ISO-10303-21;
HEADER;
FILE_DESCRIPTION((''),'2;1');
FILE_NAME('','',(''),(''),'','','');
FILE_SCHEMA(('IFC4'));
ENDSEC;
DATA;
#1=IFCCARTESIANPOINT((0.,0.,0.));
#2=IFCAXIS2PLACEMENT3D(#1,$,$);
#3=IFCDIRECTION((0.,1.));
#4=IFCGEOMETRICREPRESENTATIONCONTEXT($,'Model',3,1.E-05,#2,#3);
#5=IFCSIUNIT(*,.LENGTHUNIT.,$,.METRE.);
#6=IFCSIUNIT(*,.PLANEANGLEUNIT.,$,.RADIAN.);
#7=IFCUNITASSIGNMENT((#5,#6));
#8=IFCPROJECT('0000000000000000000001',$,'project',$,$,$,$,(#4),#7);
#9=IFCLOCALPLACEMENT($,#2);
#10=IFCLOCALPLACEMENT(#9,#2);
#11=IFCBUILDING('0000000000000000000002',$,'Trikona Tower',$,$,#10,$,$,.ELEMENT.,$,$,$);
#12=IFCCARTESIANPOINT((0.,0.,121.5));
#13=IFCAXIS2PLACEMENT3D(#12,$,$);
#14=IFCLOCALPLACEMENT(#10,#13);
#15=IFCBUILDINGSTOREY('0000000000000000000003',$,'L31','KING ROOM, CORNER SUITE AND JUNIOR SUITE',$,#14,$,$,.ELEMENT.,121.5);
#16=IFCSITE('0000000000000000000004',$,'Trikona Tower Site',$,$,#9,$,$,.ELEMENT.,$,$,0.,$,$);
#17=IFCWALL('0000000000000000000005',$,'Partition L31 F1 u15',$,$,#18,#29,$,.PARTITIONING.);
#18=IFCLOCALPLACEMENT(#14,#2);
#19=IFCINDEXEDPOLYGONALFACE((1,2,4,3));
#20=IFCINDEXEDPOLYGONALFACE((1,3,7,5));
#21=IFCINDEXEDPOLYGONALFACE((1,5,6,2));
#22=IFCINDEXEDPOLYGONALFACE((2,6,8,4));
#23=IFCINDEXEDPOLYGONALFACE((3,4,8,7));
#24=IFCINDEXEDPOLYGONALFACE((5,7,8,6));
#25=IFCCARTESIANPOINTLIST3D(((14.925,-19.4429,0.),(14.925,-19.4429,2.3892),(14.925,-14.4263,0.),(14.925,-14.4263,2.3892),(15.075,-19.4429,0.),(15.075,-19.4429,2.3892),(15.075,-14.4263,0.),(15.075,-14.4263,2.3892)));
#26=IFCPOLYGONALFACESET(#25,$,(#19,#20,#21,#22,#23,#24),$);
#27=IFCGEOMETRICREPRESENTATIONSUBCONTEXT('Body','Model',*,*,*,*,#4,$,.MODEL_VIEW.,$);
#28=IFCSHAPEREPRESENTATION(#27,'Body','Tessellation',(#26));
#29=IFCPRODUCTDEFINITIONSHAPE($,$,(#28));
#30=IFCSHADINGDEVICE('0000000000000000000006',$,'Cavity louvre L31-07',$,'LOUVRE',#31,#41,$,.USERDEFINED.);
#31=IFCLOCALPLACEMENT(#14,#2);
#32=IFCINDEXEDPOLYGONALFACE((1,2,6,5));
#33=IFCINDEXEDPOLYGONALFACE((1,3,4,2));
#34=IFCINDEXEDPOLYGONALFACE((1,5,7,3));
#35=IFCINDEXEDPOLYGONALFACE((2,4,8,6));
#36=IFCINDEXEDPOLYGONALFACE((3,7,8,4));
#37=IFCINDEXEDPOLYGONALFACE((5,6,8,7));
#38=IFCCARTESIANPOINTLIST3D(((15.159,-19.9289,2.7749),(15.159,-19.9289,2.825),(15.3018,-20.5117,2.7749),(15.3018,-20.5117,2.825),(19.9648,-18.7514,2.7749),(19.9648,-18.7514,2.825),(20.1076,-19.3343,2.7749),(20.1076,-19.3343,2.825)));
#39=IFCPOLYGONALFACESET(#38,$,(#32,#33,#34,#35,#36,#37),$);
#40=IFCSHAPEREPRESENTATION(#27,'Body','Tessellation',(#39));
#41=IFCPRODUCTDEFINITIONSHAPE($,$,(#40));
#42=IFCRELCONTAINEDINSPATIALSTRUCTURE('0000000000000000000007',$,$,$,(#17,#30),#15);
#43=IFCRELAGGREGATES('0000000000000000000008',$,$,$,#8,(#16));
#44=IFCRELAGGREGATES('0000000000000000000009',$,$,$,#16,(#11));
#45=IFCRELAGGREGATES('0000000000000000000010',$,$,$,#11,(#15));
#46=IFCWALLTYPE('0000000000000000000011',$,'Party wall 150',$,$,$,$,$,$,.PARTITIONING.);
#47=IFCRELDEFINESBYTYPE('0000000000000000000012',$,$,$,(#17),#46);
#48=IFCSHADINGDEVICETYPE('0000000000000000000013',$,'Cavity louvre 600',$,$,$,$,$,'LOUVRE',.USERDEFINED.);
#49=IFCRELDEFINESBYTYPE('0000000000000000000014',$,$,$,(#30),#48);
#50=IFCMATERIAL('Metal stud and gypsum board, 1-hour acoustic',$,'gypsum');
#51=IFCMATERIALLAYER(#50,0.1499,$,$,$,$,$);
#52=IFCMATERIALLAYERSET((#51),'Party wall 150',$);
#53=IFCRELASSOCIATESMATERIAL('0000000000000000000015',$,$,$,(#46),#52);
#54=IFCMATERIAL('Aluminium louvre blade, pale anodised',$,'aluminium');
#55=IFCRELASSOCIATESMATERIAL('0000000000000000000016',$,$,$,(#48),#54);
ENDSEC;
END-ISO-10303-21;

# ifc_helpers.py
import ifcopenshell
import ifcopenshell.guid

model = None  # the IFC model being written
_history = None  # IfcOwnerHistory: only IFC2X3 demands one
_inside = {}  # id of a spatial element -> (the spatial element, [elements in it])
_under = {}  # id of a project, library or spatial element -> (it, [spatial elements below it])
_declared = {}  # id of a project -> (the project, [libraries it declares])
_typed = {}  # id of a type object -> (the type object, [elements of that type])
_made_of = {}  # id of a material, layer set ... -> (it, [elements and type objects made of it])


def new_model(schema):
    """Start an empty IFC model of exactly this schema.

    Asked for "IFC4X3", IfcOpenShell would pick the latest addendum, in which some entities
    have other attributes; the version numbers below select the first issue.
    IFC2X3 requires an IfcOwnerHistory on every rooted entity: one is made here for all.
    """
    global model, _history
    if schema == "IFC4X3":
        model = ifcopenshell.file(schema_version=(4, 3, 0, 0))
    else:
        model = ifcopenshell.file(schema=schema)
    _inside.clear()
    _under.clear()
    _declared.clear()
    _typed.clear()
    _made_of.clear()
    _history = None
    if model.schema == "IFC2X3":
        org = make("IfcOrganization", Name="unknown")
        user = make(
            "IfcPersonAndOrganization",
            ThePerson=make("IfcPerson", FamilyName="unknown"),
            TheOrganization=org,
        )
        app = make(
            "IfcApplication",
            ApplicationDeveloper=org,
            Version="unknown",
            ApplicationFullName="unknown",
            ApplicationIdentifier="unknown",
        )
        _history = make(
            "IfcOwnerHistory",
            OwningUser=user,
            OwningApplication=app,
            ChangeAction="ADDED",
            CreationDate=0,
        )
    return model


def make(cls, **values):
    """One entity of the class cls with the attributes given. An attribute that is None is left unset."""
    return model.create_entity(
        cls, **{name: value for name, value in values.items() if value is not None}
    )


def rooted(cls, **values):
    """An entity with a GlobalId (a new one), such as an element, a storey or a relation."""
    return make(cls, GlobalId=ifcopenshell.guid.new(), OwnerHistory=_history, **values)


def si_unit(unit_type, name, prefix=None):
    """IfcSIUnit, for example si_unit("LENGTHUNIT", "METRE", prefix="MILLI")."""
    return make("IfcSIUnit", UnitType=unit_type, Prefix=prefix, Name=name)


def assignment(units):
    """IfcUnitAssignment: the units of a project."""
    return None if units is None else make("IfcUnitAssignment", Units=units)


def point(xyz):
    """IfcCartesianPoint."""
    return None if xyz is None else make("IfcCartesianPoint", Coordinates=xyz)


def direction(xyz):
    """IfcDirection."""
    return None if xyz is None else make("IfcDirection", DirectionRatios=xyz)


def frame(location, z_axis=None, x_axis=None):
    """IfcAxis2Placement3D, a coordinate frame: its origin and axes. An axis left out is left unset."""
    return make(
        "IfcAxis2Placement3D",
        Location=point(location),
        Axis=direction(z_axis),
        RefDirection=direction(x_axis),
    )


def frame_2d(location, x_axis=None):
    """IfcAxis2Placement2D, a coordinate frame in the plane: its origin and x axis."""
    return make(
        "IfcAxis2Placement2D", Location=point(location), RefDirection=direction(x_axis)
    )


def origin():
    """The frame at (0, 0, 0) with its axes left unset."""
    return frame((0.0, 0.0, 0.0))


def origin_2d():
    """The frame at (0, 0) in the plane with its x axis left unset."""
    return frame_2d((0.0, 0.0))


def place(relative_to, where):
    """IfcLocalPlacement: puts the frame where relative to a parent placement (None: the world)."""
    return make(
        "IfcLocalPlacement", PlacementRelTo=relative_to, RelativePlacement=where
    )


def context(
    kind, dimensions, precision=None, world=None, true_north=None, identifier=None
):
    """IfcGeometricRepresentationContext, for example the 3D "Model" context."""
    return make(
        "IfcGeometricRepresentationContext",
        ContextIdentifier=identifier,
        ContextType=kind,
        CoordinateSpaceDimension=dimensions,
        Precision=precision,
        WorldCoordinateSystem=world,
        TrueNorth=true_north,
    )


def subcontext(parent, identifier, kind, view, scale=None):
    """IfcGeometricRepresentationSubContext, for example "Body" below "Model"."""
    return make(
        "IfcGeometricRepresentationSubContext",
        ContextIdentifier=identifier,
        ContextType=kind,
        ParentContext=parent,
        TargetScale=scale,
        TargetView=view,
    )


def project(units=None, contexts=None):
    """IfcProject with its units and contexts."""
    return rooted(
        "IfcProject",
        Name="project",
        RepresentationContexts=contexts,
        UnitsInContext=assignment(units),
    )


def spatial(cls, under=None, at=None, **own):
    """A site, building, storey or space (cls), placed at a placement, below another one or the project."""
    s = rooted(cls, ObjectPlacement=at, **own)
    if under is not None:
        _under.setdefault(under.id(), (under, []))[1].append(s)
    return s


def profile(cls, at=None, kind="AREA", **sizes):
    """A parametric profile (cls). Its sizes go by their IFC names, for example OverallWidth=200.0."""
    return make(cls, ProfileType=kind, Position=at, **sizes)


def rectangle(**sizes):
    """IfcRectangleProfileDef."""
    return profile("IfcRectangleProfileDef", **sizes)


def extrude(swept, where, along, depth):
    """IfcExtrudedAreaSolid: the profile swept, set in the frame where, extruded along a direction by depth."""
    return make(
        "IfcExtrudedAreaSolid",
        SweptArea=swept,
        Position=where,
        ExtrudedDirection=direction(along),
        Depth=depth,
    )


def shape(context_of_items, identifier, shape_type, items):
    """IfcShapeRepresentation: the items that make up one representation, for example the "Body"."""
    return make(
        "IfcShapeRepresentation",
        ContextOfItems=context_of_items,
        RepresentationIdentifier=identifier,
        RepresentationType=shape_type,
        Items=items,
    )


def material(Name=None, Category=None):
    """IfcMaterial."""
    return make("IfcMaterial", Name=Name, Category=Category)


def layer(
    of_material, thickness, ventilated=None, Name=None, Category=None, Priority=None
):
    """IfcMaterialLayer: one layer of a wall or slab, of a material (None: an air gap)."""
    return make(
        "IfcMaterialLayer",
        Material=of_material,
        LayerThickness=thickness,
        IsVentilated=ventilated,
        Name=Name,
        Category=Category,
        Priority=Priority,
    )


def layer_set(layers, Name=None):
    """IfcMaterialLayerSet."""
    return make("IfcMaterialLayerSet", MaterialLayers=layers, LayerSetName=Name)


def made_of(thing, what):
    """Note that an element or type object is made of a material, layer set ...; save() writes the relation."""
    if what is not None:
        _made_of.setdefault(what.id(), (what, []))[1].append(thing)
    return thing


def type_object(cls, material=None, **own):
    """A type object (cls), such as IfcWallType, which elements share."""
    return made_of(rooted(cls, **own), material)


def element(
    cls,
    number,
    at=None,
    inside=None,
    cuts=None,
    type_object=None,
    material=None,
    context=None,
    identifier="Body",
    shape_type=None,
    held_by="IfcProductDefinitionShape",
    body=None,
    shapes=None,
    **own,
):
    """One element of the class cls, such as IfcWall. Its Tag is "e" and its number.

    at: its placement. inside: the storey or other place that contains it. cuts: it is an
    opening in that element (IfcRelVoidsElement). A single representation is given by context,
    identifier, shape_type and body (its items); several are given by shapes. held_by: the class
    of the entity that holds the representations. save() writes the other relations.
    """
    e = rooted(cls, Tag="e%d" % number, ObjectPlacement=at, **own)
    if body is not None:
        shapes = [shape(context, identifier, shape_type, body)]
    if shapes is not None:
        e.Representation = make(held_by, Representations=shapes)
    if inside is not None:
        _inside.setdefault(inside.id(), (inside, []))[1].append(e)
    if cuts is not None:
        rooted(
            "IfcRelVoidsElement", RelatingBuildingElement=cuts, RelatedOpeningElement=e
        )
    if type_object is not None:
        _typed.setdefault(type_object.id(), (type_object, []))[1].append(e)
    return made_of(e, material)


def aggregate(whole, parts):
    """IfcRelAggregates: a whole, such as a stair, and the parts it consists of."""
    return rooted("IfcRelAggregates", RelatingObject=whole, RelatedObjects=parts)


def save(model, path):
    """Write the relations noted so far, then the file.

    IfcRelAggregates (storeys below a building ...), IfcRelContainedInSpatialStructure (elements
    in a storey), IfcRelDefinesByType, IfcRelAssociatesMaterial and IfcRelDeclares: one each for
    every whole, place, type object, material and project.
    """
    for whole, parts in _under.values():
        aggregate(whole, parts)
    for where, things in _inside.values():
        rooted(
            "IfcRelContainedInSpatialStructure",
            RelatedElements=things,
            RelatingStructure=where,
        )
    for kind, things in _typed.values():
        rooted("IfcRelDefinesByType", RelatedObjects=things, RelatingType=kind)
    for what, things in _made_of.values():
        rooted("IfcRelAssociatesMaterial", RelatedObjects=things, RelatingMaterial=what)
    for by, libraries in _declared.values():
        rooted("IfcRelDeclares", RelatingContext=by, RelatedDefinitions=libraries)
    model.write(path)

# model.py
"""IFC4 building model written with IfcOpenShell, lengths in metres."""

from ifc_helpers import new_model, si_unit, direction, frame, frame_2d, origin, origin_2d, place, context, subcontext, project, spatial, rectangle, extrude, material, layer, layer_set, type_object, element, save


model = new_model("IFC4")

# Units and contexts
model_context = context("Model", 3, precision=1e-05, world=origin(), true_north=direction((0.0, 1.0)))
body_context = subcontext(model_context, "Body", "Model", "MODEL_VIEW")
ifc_project = project(units=[si_unit("LENGTHUNIT", "METRE"), si_unit("PLANEANGLEUNIT", "RADIAN")], contexts=[model_context])

# Site, building, storey
site_placement = place(None, origin())
site = spatial("IfcSite", under=ifc_project, at=site_placement, Name="Trikona Tower Site", CompositionType="ELEMENT", RefElevation=0.0)
building_placement = place(site_placement, origin())
building = spatial("IfcBuilding", under=site, at=building_placement, Name="Trikona Tower", CompositionType="ELEMENT")
storey_placement = place(building_placement, frame((0.0, 0.0, 121.5)))
storey = spatial("IfcBuildingStorey", under=building, at=storey_placement, Name="L31", Description="KING ROOM, CORNER SUITE AND JUNIOR SUITE", CompositionType="ELEMENT", Elevation=121.5)

# Wall
ifc_material_1 = material(Name="Metal stud and gypsum board, 1-hour acoustic", Category="gypsum")
ifc_layer_1 = layer(ifc_material_1, 0.1499)
ifc_layer_set_1 = layer_set([ifc_layer_1], Name="Party wall 150")
wall_type_1 = type_object("IfcWallType", Name="Party wall 150", PredefinedType="PARTITIONING", material=ifc_layer_set_1)
wall_1_placement = place(storey_placement, frame((15.0, -14.4263, 0.0), z_axis=(0.0, 0.0, 1.0), x_axis=(0.0, -1.0, 0.0)))
element("IfcWall", 1, at=wall_1_placement, inside=storey, type_object=wall_type_1, Name="Partition L31 F1 u15", PredefinedType="PARTITIONING", context=body_context, shape_type="SweptSolid", body=[
    extrude(rectangle(XDim=5.0166, YDim=0.1499, at=frame_2d((2.5083, 0.0))), origin(), (0.0, 0.0, 1.0), 2.3892),
])

# Shading device
ifc_material_2 = material(Name="Aluminium louvre blade, pale anodised", Category="aluminium")
shading_device_type = type_object("IfcShadingDeviceType", Name="Cavity louvre 600", ElementType="LOUVRE", PredefinedType="USERDEFINED", material=ifc_material_2)
shading_device_placement = place(storey_placement, frame((17.6333, -19.6316, 2.7749), z_axis=(0.0, 0.0, 1.0), x_axis=(0.971274, 0.237962, 0.0)))
element("IfcShadingDevice", 2, at=shading_device_placement, inside=storey, type_object=shading_device_type, Name="Cavity louvre L31-07", ObjectType="LOUVRE", PredefinedType="USERDEFINED", context=body_context, shape_type="SweptSolid", body=[
    extrude(rectangle(XDim=4.948, YDim=0.6001, at=origin_2d()), origin(), (0.0, 0.0, 1.0), 0.05),
])

save(model, "model.ifc")
